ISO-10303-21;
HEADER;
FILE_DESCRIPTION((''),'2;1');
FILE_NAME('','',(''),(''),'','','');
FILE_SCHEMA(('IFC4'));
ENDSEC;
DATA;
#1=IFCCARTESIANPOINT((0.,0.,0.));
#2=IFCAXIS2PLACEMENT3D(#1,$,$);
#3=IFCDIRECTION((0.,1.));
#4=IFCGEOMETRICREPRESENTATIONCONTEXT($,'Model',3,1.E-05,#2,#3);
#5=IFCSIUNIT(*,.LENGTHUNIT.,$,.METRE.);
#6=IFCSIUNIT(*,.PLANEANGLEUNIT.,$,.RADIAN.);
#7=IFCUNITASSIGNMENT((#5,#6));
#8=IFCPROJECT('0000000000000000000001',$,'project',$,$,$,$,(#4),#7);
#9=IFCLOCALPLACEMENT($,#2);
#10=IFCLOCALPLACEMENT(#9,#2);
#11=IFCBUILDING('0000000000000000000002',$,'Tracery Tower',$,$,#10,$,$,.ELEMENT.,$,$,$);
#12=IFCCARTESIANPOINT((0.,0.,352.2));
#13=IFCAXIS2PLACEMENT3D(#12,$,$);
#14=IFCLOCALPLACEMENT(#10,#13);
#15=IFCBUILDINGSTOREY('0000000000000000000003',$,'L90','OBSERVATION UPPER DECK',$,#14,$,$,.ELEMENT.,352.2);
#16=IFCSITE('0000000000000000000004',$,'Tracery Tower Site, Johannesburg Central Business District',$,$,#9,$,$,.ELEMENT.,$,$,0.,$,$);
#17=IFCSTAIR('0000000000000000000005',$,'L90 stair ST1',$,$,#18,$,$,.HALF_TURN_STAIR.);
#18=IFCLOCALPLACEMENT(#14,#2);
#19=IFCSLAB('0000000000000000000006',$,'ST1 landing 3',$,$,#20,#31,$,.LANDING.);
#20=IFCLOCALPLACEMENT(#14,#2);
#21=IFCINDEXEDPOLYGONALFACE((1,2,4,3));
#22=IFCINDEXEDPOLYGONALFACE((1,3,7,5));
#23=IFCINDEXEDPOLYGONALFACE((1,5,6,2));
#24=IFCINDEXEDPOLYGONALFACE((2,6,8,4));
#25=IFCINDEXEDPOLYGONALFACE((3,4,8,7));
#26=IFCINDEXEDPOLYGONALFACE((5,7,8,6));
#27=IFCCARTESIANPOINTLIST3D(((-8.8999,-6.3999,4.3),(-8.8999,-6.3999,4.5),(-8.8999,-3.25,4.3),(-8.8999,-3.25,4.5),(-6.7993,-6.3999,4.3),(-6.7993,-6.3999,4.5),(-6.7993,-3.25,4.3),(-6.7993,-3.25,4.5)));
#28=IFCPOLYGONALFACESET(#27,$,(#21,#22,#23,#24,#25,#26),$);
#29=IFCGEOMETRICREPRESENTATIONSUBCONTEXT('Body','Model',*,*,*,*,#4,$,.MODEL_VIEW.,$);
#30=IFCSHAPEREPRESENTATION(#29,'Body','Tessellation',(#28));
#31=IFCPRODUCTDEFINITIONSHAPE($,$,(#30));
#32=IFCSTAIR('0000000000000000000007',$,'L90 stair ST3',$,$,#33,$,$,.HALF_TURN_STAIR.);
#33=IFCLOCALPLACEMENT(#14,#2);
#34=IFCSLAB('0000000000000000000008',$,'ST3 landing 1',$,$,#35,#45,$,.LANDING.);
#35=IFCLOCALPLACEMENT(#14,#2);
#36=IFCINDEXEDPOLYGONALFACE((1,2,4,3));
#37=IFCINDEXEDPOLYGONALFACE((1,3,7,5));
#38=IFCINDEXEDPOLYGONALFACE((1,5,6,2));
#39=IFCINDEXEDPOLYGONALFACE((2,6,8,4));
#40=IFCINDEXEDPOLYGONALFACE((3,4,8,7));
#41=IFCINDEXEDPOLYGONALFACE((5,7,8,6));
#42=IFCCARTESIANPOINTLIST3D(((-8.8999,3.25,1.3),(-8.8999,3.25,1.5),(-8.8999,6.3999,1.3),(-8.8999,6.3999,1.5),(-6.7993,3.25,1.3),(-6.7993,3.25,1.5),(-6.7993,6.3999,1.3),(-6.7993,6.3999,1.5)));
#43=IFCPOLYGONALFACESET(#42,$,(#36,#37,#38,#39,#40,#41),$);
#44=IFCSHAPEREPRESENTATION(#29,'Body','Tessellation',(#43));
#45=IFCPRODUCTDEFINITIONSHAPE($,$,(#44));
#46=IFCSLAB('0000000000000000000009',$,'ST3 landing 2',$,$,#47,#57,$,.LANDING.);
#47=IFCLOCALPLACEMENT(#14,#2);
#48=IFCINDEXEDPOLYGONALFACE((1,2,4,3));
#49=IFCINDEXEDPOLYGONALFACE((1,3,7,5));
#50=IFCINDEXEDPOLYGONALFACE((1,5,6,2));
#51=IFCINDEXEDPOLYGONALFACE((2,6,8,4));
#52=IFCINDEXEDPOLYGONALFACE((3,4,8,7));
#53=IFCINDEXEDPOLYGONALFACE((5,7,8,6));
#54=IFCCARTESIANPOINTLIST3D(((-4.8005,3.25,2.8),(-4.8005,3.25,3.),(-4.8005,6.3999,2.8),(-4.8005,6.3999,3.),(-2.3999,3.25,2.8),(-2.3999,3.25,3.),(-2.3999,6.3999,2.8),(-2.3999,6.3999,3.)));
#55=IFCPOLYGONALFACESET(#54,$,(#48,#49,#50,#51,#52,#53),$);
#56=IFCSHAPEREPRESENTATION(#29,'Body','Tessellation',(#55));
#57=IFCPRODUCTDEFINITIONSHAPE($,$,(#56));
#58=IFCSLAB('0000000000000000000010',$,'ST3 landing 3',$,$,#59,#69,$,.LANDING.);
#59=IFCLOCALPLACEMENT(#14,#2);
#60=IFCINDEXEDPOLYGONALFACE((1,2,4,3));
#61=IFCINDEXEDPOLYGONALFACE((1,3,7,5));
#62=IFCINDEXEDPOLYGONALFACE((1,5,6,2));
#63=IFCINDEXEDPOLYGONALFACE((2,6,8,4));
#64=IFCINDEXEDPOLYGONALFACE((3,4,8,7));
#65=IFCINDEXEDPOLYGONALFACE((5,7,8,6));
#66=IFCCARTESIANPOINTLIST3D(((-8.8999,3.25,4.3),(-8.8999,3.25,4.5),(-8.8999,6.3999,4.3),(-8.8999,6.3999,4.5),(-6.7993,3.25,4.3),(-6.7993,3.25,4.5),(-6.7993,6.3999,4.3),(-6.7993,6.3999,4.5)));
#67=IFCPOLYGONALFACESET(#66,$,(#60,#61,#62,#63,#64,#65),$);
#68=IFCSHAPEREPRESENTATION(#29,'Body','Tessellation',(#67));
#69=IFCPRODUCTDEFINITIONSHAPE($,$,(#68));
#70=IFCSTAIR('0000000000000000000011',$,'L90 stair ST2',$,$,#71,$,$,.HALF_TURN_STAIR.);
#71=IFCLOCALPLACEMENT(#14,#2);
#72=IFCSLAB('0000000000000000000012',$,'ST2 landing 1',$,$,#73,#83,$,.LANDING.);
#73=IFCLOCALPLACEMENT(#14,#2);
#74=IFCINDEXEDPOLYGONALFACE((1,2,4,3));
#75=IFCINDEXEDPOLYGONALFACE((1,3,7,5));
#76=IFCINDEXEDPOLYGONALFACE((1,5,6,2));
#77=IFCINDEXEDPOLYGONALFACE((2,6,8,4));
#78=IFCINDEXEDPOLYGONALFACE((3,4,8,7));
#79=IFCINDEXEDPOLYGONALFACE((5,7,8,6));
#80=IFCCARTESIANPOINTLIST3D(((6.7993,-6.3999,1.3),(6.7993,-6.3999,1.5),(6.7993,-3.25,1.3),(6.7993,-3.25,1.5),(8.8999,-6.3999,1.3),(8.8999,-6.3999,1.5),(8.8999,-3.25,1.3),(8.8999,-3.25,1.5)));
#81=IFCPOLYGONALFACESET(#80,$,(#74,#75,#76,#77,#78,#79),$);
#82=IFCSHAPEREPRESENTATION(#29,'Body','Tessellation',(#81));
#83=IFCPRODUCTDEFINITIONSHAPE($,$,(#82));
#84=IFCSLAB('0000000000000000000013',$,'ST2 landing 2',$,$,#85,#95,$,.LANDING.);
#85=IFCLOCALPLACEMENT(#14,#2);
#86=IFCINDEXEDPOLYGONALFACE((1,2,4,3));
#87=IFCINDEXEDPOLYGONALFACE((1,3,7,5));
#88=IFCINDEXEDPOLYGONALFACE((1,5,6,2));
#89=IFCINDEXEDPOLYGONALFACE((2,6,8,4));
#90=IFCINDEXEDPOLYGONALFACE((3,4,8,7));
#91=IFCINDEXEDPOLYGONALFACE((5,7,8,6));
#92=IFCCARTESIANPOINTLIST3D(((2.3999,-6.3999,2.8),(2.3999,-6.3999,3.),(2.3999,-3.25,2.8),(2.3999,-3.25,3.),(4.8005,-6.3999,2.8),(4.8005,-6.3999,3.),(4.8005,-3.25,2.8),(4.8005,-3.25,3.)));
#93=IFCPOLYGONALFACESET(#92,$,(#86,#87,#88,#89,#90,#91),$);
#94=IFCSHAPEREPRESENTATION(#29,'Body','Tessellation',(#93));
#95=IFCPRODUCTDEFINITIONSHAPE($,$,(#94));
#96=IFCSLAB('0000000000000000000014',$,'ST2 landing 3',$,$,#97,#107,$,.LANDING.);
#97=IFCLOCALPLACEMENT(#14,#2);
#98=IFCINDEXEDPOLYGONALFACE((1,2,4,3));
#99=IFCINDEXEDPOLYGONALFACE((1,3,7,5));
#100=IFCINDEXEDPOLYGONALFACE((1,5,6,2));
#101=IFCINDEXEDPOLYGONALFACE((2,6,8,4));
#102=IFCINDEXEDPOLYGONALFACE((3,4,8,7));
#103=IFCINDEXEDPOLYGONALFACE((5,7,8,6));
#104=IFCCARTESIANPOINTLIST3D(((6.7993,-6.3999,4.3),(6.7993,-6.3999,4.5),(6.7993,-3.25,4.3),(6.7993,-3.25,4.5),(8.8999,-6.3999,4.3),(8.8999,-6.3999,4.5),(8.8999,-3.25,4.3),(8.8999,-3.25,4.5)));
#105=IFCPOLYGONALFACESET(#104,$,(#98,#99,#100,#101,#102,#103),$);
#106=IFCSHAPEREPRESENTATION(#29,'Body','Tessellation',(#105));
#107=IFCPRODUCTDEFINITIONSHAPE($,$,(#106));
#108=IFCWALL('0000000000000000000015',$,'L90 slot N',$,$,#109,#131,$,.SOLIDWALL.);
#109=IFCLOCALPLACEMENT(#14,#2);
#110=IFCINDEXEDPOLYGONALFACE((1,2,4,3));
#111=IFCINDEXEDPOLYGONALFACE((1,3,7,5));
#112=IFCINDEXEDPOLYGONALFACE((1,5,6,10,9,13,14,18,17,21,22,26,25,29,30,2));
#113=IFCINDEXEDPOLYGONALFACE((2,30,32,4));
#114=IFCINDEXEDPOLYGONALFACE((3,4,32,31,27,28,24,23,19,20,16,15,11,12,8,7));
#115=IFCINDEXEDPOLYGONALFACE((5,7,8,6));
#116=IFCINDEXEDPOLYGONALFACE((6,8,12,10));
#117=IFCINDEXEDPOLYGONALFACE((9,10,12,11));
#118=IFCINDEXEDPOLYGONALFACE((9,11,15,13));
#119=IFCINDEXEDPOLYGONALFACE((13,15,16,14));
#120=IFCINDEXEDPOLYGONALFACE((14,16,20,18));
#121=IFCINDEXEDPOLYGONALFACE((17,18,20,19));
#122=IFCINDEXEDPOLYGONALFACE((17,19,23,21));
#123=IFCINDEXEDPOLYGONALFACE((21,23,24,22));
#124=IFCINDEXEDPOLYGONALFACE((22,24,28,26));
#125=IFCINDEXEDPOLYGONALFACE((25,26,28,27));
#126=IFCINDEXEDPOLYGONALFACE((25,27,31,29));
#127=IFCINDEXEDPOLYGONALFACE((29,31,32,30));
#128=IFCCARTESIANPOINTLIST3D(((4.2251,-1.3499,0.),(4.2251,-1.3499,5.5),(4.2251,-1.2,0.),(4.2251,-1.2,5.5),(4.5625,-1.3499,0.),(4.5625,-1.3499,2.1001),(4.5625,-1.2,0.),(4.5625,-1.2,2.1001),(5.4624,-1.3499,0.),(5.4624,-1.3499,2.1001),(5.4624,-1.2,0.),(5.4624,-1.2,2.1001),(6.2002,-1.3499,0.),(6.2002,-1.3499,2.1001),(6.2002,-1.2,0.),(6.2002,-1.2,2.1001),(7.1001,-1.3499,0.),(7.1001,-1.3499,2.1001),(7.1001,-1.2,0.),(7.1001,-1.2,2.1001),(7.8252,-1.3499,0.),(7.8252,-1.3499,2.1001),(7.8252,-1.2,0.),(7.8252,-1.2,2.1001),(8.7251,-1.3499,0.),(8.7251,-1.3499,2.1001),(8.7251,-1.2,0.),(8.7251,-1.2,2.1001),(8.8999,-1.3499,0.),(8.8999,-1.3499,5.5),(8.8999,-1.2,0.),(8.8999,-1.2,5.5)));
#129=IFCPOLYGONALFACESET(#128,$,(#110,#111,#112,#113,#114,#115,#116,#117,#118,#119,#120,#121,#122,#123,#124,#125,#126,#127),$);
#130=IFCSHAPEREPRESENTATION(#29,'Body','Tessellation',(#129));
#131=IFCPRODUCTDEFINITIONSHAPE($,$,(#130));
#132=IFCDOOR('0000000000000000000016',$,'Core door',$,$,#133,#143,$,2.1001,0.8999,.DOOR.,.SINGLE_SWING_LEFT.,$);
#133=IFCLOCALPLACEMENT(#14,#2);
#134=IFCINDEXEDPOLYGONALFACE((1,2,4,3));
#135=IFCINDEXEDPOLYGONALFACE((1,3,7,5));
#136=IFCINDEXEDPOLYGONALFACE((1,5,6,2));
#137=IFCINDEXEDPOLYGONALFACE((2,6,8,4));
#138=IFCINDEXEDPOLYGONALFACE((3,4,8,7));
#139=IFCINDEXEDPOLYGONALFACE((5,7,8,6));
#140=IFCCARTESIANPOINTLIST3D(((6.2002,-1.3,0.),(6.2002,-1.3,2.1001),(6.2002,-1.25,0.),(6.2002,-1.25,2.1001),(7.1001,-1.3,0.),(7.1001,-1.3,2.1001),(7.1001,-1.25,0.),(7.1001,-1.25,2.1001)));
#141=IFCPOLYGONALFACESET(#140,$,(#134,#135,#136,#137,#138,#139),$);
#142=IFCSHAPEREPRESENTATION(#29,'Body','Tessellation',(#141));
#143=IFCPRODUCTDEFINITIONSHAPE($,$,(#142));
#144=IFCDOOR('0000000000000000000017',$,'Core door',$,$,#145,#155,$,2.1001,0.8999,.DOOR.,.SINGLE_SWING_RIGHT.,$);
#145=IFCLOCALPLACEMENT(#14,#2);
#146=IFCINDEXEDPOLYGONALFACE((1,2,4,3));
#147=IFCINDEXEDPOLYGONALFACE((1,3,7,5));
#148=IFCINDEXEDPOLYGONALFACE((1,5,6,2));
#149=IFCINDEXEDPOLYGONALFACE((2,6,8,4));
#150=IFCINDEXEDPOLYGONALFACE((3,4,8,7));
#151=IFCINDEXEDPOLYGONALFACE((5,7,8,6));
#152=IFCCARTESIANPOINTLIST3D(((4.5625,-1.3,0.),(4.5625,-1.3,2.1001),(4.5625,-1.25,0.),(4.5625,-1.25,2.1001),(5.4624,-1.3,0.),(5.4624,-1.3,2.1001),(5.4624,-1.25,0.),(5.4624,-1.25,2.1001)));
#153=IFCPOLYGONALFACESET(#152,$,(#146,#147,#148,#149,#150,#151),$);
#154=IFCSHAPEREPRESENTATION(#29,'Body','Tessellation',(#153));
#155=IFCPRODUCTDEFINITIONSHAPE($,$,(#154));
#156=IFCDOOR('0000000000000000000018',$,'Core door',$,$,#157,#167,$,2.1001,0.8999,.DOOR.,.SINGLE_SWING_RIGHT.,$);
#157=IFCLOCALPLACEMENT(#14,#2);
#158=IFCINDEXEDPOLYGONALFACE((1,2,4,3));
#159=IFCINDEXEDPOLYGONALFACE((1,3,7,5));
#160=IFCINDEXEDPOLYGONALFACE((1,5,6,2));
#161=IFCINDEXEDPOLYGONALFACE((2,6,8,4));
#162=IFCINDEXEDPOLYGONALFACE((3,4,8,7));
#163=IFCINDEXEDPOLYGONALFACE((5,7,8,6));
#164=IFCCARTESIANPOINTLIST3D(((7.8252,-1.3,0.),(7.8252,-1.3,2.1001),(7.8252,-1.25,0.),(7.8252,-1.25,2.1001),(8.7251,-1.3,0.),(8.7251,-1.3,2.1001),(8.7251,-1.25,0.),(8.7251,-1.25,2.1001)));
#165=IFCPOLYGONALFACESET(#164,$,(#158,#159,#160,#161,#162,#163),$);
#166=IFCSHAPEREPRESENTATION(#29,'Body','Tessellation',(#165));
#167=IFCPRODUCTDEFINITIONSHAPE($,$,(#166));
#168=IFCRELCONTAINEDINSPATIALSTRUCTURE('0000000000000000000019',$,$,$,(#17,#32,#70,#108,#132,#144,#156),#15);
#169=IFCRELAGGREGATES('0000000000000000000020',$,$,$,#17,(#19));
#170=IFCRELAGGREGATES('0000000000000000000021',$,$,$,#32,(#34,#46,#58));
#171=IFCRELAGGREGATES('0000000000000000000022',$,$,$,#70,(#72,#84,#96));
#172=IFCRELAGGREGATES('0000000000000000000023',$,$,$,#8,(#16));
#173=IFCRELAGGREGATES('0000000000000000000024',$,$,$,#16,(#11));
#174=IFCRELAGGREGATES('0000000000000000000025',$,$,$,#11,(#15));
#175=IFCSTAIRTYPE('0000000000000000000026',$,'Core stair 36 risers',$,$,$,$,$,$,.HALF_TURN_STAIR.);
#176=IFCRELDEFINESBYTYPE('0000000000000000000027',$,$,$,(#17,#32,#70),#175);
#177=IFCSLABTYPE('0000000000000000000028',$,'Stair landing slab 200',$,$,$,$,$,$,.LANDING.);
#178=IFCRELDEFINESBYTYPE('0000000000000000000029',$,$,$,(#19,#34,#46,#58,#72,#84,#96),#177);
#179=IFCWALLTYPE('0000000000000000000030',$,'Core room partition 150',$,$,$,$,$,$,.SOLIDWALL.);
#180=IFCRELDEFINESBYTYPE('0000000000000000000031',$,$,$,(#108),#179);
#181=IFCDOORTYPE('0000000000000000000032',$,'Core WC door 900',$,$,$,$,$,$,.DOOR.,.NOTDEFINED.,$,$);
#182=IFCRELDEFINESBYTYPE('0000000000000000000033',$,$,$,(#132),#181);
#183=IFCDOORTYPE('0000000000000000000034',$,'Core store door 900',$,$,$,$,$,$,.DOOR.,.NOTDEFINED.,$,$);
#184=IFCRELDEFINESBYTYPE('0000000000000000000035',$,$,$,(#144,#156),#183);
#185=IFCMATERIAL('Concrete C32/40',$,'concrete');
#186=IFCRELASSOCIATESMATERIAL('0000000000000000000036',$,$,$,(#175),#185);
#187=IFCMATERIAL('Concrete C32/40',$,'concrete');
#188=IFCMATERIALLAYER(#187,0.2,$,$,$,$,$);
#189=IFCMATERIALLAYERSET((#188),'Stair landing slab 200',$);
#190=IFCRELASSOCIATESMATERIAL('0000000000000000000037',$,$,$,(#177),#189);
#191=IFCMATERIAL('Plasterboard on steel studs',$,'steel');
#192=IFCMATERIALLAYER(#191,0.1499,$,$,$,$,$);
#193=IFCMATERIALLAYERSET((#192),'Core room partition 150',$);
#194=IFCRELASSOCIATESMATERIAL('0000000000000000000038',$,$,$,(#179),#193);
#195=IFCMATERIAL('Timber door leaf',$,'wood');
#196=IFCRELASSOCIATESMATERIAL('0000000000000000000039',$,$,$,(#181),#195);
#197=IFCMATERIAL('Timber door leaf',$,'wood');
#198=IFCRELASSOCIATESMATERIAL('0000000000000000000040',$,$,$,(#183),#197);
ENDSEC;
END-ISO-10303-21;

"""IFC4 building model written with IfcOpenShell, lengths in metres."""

from ifc_helpers import new_model, si_unit, direction, frame, frame_2d, origin, place, context, subcontext, project, spatial, polyline, rectangle, outline, extrude, material, layer, layer_set, type_object, element, fill, aggregate, save


model = new_model("IFC4")

# Units and contexts
model_context = context("Model", 3, precision=1e-05, world=origin(), true_north=direction((0.0, 1.0)))
body_context = subcontext(model_context, "Body", "Model", "MODEL_VIEW")
ifc_project = project(units=[si_unit("LENGTHUNIT", "METRE"), si_unit("PLANEANGLEUNIT", "RADIAN")], contexts=[model_context])

# Site, building, storey
site_placement = place(None, origin())
site = spatial("IfcSite", under=ifc_project, at=site_placement, Name="Tracery Tower Site, Johannesburg Central Business District", CompositionType="ELEMENT", RefElevation=0.0)
building_placement = place(site_placement, origin())
building = spatial("IfcBuilding", under=site, at=building_placement, Name="Tracery Tower", CompositionType="ELEMENT")
storey_placement = place(building_placement, frame((0.0, 0.0, 352.2)))
storey = spatial("IfcBuildingStorey", under=building, at=storey_placement, Name="L90", Description="OBSERVATION UPPER DECK", CompositionType="ELEMENT", Elevation=352.2)

# Stairs, slabs
ifc_material_1 = material(Name="Concrete C32/40", Category="concrete")
stair_type = type_object("IfcStairType", Name="Core stair 36 risers", PredefinedType="HALF_TURN_STAIR", material=ifc_material_1)
stair_1_placement = place(storey_placement, origin())
stair_1 = element("IfcStair", 1, at=stair_1_placement, inside=storey, type_object=stair_type, Name="L90 stair ST1", PredefinedType="HALF_TURN_STAIR")
ifc_material_2 = material(Name="Concrete C32/40", Category="concrete")
ifc_layer_1 = layer(ifc_material_2, 0.2)
ifc_layer_set_1 = layer_set([ifc_layer_1], Name="Stair landing slab 200")
slab_type = type_object("IfcSlabType", Name="Stair landing slab 200", PredefinedType="LANDING", material=ifc_layer_set_1)
slab_1_placement = place(storey_placement, frame((0.0, 0.0, 4.3)))
slab_1 = element("IfcSlab", 2, at=slab_1_placement, type_object=slab_type, Name="ST1 landing 3", PredefinedType="LANDING", context=body_context, shape_type="SweptSolid", body=[
    extrude(outline(polyline([(-6.7993, -3.25), (-8.8999, -3.25), (-8.8999, -6.3999), (-6.7993, -6.3999), (-6.7993, -3.25)])), origin(), (0.0, 0.0, 1.0), 0.2),
])
aggregate(stair_1, [slab_1])
stair_2_placement = place(storey_placement, origin())
stair_2 = element("IfcStair", 3, at=stair_2_placement, inside=storey, type_object=stair_type, Name="L90 stair ST3", PredefinedType="HALF_TURN_STAIR")
slab_2_placement = place(storey_placement, frame((0.0, 0.0, 1.3)))
slab_2 = element("IfcSlab", 4, at=slab_2_placement, type_object=slab_type, Name="ST3 landing 1", PredefinedType="LANDING", context=body_context, shape_type="SweptSolid", body=[
    extrude(outline(polyline([(-6.7993, 6.3999), (-8.8999, 6.3999), (-8.8999, 3.25), (-6.7993, 3.25), (-6.7993, 6.3999)])), origin(), (0.0, 0.0, 1.0), 0.2),
])
slab_3_placement = place(storey_placement, frame((0.0, 0.0, 2.8)))
slab_3 = element("IfcSlab", 5, at=slab_3_placement, type_object=slab_type, Name="ST3 landing 2", PredefinedType="LANDING", context=body_context, shape_type="SweptSolid", body=[
    extrude(outline(polyline([(-2.3999, 6.3999), (-4.8005, 6.3999), (-4.8005, 3.25), (-2.3999, 3.25), (-2.3999, 6.3999)])), origin(), (0.0, 0.0, 1.0), 0.2),
])
slab_4_placement = place(storey_placement, frame((0.0, 0.0, 4.3)))
slab_4 = element("IfcSlab", 6, at=slab_4_placement, type_object=slab_type, Name="ST3 landing 3", PredefinedType="LANDING", context=body_context, shape_type="SweptSolid", body=[
    extrude(outline(polyline([(-6.7993, 6.3999), (-8.8999, 6.3999), (-8.8999, 3.25), (-6.7993, 3.25), (-6.7993, 6.3999)])), origin(), (0.0, 0.0, 1.0), 0.2),
])
aggregate(stair_2, [slab_2, slab_3, slab_4])
stair_3_placement = place(storey_placement, origin())
stair_3 = element("IfcStair", 7, at=stair_3_placement, inside=storey, type_object=stair_type, Name="L90 stair ST2", PredefinedType="HALF_TURN_STAIR")
slab_5_placement = place(storey_placement, frame((0.0, 0.0, 1.3)))
slab_5 = element("IfcSlab", 8, at=slab_5_placement, type_object=slab_type, Name="ST2 landing 1", PredefinedType="LANDING", context=body_context, shape_type="SweptSolid", body=[
    extrude(outline(polyline([(6.7993, -6.3999), (8.8999, -6.3999), (8.8999, -3.25), (6.7993, -3.25), (6.7993, -6.3999)])), origin(), (0.0, 0.0, 1.0), 0.2),
])
slab_6_placement = place(storey_placement, frame((0.0, 0.0, 2.8)))
slab_6 = element("IfcSlab", 9, at=slab_6_placement, type_object=slab_type, Name="ST2 landing 2", PredefinedType="LANDING", context=body_context, shape_type="SweptSolid", body=[
    extrude(outline(polyline([(2.3999, -6.3999), (4.8005, -6.3999), (4.8005, -3.25), (2.3999, -3.25), (2.3999, -6.3999)])), origin(), (0.0, 0.0, 1.0), 0.2),
])
slab_7_placement = place(storey_placement, frame((0.0, 0.0, 4.3)))
slab_7 = element("IfcSlab", 10, at=slab_7_placement, type_object=slab_type, Name="ST2 landing 3", PredefinedType="LANDING", context=body_context, shape_type="SweptSolid", body=[
    extrude(outline(polyline([(6.7993, -6.3999), (8.8999, -6.3999), (8.8999, -3.25), (6.7993, -3.25), (6.7993, -6.3999)])), origin(), (0.0, 0.0, 1.0), 0.2),
])
aggregate(stair_3, [slab_5, slab_6, slab_7])

# Wall, openings, doors
ifc_material_3 = material(Name="Plasterboard on steel studs", Category="steel")
ifc_layer_2 = layer(ifc_material_3, 0.1499)
ifc_layer_set_2 = layer_set([ifc_layer_2], Name="Core room partition 150")
wall_type_1 = type_object("IfcWallType", Name="Core room partition 150", PredefinedType="SOLIDWALL", material=ifc_layer_set_2)
wall_1_placement = place(storey_placement, frame((4.2251, -1.2749, 0.0), z_axis=(0.0, 0.0, 1.0), x_axis=(1.0, 0.0, 0.0)))
wall_1 = element("IfcWall", 11, at=wall_1_placement, inside=storey, type_object=wall_type_1, Name="L90 slot N", PredefinedType="SOLIDWALL", context=body_context, shape_type="SweptSolid", body=[
    extrude(rectangle(XDim=4.6748, YDim=0.1499, at=frame_2d((2.3374, 0.0))), origin(), (0.0, 0.0, 1.0), 5.5),
])
opening_1_placement = place(wall_1_placement, frame((0.3374, 0.0, 0.0)))
opening_1 = element("IfcOpeningElement", 12, at=opening_1_placement, cuts=wall_1, PredefinedType="OPENING", context=body_context, shape_type="SweptSolid", body=[
    extrude(rectangle(XDim=0.8999, YDim=2.1001, at=frame_2d((0.45, 1.05))), frame((0.0, 0.075, 0.0), z_axis=(0.0, -1.0, 0.0), x_axis=(1.0, 0.0, 0.0)), (0.0, 0.0, 1.0), 0.1499),
])
opening_2_placement = place(wall_1_placement, frame((1.9751, 0.0, 0.0)))
opening_2 = element("IfcOpeningElement", 13, at=opening_2_placement, cuts=wall_1, PredefinedType="OPENING", context=body_context, shape_type="SweptSolid", body=[
    extrude(rectangle(XDim=0.8999, YDim=2.1001, at=frame_2d((0.45, 1.05))), frame((0.0, 0.075, 0.0), z_axis=(0.0, -1.0, 0.0), x_axis=(1.0, 0.0, 0.0)), (0.0, 0.0, 1.0), 0.1499),
])
opening_3_placement = place(wall_1_placement, frame((3.6001, 0.0, 0.0)))
opening_3 = element("IfcOpeningElement", 14, at=opening_3_placement, cuts=wall_1, PredefinedType="OPENING", context=body_context, shape_type="SweptSolid", body=[
    extrude(rectangle(XDim=0.8999, YDim=2.1001, at=frame_2d((0.45, 1.05))), frame((0.0, 0.075, 0.0), z_axis=(0.0, -1.0, 0.0), x_axis=(1.0, 0.0, 0.0)), (0.0, 0.0, 1.0), 0.1499),
])
ifc_material_4 = material(Name="Timber door leaf", Category="wood")
door_type_1 = type_object("IfcDoorType", Name="Core WC door 900", OperationType="NOTDEFINED", PredefinedType="DOOR", material=ifc_material_4)
door_1_placement = place(opening_2_placement, origin())
door_1 = element("IfcDoor", 15, at=door_1_placement, inside=storey, type_object=door_type_1, Name="Core door", OperationType="SINGLE_SWING_LEFT", OverallHeight=2.1001, OverallWidth=0.8999, PredefinedType="DOOR", context=body_context, shape_type="SweptSolid", body=[
    extrude(rectangle(XDim=0.8999, YDim=2.1001, at=frame_2d((0.45, 1.05))), frame((0.0, 0.0249, 0.0), z_axis=(0.0, -1.0, 0.0), x_axis=(1.0, 0.0, 0.0)), (0.0, 0.0, 1.0), 0.05),
])
fill(opening_2, door_1)
ifc_material_5 = material(Name="Timber door leaf", Category="wood")
door_type_2 = type_object("IfcDoorType", Name="Core store door 900", OperationType="NOTDEFINED", PredefinedType="DOOR", material=ifc_material_5)
door_2_placement = place(opening_1_placement, origin())
door_2 = element("IfcDoor", 16, at=door_2_placement, inside=storey, type_object=door_type_2, Name="Core door", OperationType="SINGLE_SWING_RIGHT", OverallHeight=2.1001, OverallWidth=0.8999, PredefinedType="DOOR", context=body_context, shape_type="SweptSolid", body=[
    extrude(rectangle(XDim=0.8999, YDim=2.1001, at=frame_2d((0.45, 1.05))), frame((0.0, 0.0249, 0.0), z_axis=(0.0, -1.0, 0.0), x_axis=(1.0, 0.0, 0.0)), (0.0, 0.0, 1.0), 0.05),
])
fill(opening_1, door_2)
door_3_placement = place(opening_3_placement, origin())
door_3 = element("IfcDoor", 17, at=door_3_placement, inside=storey, type_object=door_type_2, Name="Core door", OperationType="SINGLE_SWING_RIGHT", OverallHeight=2.1001, OverallWidth=0.8999, PredefinedType="DOOR", context=body_context, shape_type="SweptSolid", body=[
    extrude(rectangle(XDim=0.8999, YDim=2.1001, at=frame_2d((0.45, 1.05))), frame((0.0, 0.0249, 0.0), z_axis=(0.0, -1.0, 0.0), x_axis=(1.0, 0.0, 0.0)), (0.0, 0.0, 1.0), 0.05),
])
fill(opening_3, door_3)

save(model, "model.ifc")
